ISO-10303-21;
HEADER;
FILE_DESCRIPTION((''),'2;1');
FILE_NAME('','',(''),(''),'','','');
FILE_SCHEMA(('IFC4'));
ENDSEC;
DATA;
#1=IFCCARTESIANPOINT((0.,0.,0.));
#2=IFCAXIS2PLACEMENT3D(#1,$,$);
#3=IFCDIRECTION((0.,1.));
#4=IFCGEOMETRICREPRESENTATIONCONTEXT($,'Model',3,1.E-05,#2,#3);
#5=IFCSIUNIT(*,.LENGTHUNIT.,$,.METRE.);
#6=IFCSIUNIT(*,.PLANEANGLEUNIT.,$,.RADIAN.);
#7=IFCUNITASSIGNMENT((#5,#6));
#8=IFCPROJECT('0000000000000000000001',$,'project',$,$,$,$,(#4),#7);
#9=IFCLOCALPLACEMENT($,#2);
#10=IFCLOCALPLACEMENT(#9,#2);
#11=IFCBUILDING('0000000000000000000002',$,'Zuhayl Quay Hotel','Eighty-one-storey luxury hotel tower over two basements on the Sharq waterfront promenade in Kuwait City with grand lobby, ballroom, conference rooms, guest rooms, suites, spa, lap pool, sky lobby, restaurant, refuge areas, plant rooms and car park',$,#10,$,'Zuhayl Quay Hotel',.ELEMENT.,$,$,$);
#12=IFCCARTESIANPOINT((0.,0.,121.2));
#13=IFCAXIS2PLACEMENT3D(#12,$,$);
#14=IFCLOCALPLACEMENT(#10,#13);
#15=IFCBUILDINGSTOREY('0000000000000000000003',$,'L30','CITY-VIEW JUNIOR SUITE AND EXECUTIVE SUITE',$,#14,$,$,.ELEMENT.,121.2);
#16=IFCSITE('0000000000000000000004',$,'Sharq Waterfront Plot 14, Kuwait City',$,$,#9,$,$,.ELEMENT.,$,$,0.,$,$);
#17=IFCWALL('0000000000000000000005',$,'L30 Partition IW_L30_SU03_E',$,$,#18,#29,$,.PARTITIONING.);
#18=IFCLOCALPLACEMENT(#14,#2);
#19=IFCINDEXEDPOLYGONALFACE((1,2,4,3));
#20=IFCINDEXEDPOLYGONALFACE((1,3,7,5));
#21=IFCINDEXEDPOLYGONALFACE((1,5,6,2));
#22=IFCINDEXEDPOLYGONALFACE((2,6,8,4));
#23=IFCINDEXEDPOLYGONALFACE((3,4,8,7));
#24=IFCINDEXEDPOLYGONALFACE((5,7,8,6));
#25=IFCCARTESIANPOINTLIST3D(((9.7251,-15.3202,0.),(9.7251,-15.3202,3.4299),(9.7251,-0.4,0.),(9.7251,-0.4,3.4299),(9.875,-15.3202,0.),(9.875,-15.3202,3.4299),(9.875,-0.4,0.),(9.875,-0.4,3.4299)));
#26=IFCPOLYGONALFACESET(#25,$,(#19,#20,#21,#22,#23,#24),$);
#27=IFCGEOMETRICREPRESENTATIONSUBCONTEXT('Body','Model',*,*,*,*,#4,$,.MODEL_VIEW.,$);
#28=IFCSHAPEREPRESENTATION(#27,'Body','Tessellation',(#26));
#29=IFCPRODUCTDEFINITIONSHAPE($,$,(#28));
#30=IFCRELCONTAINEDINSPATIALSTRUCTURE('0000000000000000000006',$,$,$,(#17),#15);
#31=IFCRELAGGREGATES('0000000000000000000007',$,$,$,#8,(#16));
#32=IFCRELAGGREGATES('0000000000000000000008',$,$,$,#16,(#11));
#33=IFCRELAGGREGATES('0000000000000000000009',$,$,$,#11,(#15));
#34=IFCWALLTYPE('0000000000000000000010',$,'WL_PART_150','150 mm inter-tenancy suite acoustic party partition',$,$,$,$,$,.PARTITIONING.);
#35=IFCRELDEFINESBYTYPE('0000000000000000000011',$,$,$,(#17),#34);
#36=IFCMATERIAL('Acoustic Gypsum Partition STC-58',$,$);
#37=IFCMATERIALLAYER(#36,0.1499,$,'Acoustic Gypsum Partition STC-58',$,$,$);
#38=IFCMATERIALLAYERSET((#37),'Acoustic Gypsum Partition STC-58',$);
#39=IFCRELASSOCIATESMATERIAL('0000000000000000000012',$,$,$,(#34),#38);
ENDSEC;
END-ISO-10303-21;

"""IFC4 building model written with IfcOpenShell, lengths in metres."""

from ifc_helpers import new_model, si_unit, direction, frame, frame_2d, origin, place, context, subcontext, project, spatial, rectangle, extrude, material, layer, layer_set, type_object, element, save


model = new_model("IFC4")

# Units and contexts
model_context = context("Model", 3, precision=1e-05, world=origin(), true_north=direction((0.0, 1.0)))
body_context = subcontext(model_context, "Body", "Model", "MODEL_VIEW")
ifc_project = project(units=[si_unit("LENGTHUNIT", "METRE"), si_unit("PLANEANGLEUNIT", "RADIAN")], contexts=[model_context])

# Site, building, storey
site_placement = place(None, origin())
site = spatial("IfcSite", under=ifc_project, at=site_placement, Name="Sharq Waterfront Plot 14, Kuwait City", CompositionType="ELEMENT", RefElevation=0.0)
building_placement = place(site_placement, origin())
building = spatial("IfcBuilding", under=site, at=building_placement, Name="Zuhayl Quay Hotel", Description="Eighty-one-storey luxury hotel tower over two basements on the Sharq waterfront promenade in Kuwait City with grand lobby, ballroom, conference rooms, guest rooms, suites, spa, lap pool, sky lobby, restaurant, refuge areas, plant rooms and car park", LongName="Zuhayl Quay Hotel", CompositionType="ELEMENT")
storey_placement = place(building_placement, frame((0.0, 0.0, 121.2)))
storey = spatial("IfcBuildingStorey", under=building, at=storey_placement, Name="L30", Description="CITY-VIEW JUNIOR SUITE AND EXECUTIVE SUITE", CompositionType="ELEMENT", Elevation=121.2)

# Wall
ifc_material_1 = material(Name="Acoustic Gypsum Partition STC-58")
ifc_layer_1 = layer(ifc_material_1, 0.1499, Name="Acoustic Gypsum Partition STC-58")
ifc_layer_set_1 = layer_set([ifc_layer_1], Name="Acoustic Gypsum Partition STC-58")
wall_type_1 = type_object("IfcWallType", Name="WL_PART_150", Description="150 mm inter-tenancy suite acoustic party partition", PredefinedType="PARTITIONING", material=ifc_layer_set_1)
wall_1_placement = place(storey_placement, frame((9.8, -15.3201, 0.0), z_axis=(0.0, 0.0, 1.0), x_axis=(0.0, 1.0, 0.0)))
element("IfcWall", 1, at=wall_1_placement, inside=storey, type_object=wall_type_1, Name="L30 Partition IW_L30_SU03_E", PredefinedType="PARTITIONING", context=body_context, shape_type="SweptSolid", body=[
    extrude(rectangle(XDim=14.9202, YDim=0.1499, at=frame_2d((7.46, 0.0))), origin(), (0.0, 0.0, 1.0), 3.4299),
])

save(model, "model.ifc")
